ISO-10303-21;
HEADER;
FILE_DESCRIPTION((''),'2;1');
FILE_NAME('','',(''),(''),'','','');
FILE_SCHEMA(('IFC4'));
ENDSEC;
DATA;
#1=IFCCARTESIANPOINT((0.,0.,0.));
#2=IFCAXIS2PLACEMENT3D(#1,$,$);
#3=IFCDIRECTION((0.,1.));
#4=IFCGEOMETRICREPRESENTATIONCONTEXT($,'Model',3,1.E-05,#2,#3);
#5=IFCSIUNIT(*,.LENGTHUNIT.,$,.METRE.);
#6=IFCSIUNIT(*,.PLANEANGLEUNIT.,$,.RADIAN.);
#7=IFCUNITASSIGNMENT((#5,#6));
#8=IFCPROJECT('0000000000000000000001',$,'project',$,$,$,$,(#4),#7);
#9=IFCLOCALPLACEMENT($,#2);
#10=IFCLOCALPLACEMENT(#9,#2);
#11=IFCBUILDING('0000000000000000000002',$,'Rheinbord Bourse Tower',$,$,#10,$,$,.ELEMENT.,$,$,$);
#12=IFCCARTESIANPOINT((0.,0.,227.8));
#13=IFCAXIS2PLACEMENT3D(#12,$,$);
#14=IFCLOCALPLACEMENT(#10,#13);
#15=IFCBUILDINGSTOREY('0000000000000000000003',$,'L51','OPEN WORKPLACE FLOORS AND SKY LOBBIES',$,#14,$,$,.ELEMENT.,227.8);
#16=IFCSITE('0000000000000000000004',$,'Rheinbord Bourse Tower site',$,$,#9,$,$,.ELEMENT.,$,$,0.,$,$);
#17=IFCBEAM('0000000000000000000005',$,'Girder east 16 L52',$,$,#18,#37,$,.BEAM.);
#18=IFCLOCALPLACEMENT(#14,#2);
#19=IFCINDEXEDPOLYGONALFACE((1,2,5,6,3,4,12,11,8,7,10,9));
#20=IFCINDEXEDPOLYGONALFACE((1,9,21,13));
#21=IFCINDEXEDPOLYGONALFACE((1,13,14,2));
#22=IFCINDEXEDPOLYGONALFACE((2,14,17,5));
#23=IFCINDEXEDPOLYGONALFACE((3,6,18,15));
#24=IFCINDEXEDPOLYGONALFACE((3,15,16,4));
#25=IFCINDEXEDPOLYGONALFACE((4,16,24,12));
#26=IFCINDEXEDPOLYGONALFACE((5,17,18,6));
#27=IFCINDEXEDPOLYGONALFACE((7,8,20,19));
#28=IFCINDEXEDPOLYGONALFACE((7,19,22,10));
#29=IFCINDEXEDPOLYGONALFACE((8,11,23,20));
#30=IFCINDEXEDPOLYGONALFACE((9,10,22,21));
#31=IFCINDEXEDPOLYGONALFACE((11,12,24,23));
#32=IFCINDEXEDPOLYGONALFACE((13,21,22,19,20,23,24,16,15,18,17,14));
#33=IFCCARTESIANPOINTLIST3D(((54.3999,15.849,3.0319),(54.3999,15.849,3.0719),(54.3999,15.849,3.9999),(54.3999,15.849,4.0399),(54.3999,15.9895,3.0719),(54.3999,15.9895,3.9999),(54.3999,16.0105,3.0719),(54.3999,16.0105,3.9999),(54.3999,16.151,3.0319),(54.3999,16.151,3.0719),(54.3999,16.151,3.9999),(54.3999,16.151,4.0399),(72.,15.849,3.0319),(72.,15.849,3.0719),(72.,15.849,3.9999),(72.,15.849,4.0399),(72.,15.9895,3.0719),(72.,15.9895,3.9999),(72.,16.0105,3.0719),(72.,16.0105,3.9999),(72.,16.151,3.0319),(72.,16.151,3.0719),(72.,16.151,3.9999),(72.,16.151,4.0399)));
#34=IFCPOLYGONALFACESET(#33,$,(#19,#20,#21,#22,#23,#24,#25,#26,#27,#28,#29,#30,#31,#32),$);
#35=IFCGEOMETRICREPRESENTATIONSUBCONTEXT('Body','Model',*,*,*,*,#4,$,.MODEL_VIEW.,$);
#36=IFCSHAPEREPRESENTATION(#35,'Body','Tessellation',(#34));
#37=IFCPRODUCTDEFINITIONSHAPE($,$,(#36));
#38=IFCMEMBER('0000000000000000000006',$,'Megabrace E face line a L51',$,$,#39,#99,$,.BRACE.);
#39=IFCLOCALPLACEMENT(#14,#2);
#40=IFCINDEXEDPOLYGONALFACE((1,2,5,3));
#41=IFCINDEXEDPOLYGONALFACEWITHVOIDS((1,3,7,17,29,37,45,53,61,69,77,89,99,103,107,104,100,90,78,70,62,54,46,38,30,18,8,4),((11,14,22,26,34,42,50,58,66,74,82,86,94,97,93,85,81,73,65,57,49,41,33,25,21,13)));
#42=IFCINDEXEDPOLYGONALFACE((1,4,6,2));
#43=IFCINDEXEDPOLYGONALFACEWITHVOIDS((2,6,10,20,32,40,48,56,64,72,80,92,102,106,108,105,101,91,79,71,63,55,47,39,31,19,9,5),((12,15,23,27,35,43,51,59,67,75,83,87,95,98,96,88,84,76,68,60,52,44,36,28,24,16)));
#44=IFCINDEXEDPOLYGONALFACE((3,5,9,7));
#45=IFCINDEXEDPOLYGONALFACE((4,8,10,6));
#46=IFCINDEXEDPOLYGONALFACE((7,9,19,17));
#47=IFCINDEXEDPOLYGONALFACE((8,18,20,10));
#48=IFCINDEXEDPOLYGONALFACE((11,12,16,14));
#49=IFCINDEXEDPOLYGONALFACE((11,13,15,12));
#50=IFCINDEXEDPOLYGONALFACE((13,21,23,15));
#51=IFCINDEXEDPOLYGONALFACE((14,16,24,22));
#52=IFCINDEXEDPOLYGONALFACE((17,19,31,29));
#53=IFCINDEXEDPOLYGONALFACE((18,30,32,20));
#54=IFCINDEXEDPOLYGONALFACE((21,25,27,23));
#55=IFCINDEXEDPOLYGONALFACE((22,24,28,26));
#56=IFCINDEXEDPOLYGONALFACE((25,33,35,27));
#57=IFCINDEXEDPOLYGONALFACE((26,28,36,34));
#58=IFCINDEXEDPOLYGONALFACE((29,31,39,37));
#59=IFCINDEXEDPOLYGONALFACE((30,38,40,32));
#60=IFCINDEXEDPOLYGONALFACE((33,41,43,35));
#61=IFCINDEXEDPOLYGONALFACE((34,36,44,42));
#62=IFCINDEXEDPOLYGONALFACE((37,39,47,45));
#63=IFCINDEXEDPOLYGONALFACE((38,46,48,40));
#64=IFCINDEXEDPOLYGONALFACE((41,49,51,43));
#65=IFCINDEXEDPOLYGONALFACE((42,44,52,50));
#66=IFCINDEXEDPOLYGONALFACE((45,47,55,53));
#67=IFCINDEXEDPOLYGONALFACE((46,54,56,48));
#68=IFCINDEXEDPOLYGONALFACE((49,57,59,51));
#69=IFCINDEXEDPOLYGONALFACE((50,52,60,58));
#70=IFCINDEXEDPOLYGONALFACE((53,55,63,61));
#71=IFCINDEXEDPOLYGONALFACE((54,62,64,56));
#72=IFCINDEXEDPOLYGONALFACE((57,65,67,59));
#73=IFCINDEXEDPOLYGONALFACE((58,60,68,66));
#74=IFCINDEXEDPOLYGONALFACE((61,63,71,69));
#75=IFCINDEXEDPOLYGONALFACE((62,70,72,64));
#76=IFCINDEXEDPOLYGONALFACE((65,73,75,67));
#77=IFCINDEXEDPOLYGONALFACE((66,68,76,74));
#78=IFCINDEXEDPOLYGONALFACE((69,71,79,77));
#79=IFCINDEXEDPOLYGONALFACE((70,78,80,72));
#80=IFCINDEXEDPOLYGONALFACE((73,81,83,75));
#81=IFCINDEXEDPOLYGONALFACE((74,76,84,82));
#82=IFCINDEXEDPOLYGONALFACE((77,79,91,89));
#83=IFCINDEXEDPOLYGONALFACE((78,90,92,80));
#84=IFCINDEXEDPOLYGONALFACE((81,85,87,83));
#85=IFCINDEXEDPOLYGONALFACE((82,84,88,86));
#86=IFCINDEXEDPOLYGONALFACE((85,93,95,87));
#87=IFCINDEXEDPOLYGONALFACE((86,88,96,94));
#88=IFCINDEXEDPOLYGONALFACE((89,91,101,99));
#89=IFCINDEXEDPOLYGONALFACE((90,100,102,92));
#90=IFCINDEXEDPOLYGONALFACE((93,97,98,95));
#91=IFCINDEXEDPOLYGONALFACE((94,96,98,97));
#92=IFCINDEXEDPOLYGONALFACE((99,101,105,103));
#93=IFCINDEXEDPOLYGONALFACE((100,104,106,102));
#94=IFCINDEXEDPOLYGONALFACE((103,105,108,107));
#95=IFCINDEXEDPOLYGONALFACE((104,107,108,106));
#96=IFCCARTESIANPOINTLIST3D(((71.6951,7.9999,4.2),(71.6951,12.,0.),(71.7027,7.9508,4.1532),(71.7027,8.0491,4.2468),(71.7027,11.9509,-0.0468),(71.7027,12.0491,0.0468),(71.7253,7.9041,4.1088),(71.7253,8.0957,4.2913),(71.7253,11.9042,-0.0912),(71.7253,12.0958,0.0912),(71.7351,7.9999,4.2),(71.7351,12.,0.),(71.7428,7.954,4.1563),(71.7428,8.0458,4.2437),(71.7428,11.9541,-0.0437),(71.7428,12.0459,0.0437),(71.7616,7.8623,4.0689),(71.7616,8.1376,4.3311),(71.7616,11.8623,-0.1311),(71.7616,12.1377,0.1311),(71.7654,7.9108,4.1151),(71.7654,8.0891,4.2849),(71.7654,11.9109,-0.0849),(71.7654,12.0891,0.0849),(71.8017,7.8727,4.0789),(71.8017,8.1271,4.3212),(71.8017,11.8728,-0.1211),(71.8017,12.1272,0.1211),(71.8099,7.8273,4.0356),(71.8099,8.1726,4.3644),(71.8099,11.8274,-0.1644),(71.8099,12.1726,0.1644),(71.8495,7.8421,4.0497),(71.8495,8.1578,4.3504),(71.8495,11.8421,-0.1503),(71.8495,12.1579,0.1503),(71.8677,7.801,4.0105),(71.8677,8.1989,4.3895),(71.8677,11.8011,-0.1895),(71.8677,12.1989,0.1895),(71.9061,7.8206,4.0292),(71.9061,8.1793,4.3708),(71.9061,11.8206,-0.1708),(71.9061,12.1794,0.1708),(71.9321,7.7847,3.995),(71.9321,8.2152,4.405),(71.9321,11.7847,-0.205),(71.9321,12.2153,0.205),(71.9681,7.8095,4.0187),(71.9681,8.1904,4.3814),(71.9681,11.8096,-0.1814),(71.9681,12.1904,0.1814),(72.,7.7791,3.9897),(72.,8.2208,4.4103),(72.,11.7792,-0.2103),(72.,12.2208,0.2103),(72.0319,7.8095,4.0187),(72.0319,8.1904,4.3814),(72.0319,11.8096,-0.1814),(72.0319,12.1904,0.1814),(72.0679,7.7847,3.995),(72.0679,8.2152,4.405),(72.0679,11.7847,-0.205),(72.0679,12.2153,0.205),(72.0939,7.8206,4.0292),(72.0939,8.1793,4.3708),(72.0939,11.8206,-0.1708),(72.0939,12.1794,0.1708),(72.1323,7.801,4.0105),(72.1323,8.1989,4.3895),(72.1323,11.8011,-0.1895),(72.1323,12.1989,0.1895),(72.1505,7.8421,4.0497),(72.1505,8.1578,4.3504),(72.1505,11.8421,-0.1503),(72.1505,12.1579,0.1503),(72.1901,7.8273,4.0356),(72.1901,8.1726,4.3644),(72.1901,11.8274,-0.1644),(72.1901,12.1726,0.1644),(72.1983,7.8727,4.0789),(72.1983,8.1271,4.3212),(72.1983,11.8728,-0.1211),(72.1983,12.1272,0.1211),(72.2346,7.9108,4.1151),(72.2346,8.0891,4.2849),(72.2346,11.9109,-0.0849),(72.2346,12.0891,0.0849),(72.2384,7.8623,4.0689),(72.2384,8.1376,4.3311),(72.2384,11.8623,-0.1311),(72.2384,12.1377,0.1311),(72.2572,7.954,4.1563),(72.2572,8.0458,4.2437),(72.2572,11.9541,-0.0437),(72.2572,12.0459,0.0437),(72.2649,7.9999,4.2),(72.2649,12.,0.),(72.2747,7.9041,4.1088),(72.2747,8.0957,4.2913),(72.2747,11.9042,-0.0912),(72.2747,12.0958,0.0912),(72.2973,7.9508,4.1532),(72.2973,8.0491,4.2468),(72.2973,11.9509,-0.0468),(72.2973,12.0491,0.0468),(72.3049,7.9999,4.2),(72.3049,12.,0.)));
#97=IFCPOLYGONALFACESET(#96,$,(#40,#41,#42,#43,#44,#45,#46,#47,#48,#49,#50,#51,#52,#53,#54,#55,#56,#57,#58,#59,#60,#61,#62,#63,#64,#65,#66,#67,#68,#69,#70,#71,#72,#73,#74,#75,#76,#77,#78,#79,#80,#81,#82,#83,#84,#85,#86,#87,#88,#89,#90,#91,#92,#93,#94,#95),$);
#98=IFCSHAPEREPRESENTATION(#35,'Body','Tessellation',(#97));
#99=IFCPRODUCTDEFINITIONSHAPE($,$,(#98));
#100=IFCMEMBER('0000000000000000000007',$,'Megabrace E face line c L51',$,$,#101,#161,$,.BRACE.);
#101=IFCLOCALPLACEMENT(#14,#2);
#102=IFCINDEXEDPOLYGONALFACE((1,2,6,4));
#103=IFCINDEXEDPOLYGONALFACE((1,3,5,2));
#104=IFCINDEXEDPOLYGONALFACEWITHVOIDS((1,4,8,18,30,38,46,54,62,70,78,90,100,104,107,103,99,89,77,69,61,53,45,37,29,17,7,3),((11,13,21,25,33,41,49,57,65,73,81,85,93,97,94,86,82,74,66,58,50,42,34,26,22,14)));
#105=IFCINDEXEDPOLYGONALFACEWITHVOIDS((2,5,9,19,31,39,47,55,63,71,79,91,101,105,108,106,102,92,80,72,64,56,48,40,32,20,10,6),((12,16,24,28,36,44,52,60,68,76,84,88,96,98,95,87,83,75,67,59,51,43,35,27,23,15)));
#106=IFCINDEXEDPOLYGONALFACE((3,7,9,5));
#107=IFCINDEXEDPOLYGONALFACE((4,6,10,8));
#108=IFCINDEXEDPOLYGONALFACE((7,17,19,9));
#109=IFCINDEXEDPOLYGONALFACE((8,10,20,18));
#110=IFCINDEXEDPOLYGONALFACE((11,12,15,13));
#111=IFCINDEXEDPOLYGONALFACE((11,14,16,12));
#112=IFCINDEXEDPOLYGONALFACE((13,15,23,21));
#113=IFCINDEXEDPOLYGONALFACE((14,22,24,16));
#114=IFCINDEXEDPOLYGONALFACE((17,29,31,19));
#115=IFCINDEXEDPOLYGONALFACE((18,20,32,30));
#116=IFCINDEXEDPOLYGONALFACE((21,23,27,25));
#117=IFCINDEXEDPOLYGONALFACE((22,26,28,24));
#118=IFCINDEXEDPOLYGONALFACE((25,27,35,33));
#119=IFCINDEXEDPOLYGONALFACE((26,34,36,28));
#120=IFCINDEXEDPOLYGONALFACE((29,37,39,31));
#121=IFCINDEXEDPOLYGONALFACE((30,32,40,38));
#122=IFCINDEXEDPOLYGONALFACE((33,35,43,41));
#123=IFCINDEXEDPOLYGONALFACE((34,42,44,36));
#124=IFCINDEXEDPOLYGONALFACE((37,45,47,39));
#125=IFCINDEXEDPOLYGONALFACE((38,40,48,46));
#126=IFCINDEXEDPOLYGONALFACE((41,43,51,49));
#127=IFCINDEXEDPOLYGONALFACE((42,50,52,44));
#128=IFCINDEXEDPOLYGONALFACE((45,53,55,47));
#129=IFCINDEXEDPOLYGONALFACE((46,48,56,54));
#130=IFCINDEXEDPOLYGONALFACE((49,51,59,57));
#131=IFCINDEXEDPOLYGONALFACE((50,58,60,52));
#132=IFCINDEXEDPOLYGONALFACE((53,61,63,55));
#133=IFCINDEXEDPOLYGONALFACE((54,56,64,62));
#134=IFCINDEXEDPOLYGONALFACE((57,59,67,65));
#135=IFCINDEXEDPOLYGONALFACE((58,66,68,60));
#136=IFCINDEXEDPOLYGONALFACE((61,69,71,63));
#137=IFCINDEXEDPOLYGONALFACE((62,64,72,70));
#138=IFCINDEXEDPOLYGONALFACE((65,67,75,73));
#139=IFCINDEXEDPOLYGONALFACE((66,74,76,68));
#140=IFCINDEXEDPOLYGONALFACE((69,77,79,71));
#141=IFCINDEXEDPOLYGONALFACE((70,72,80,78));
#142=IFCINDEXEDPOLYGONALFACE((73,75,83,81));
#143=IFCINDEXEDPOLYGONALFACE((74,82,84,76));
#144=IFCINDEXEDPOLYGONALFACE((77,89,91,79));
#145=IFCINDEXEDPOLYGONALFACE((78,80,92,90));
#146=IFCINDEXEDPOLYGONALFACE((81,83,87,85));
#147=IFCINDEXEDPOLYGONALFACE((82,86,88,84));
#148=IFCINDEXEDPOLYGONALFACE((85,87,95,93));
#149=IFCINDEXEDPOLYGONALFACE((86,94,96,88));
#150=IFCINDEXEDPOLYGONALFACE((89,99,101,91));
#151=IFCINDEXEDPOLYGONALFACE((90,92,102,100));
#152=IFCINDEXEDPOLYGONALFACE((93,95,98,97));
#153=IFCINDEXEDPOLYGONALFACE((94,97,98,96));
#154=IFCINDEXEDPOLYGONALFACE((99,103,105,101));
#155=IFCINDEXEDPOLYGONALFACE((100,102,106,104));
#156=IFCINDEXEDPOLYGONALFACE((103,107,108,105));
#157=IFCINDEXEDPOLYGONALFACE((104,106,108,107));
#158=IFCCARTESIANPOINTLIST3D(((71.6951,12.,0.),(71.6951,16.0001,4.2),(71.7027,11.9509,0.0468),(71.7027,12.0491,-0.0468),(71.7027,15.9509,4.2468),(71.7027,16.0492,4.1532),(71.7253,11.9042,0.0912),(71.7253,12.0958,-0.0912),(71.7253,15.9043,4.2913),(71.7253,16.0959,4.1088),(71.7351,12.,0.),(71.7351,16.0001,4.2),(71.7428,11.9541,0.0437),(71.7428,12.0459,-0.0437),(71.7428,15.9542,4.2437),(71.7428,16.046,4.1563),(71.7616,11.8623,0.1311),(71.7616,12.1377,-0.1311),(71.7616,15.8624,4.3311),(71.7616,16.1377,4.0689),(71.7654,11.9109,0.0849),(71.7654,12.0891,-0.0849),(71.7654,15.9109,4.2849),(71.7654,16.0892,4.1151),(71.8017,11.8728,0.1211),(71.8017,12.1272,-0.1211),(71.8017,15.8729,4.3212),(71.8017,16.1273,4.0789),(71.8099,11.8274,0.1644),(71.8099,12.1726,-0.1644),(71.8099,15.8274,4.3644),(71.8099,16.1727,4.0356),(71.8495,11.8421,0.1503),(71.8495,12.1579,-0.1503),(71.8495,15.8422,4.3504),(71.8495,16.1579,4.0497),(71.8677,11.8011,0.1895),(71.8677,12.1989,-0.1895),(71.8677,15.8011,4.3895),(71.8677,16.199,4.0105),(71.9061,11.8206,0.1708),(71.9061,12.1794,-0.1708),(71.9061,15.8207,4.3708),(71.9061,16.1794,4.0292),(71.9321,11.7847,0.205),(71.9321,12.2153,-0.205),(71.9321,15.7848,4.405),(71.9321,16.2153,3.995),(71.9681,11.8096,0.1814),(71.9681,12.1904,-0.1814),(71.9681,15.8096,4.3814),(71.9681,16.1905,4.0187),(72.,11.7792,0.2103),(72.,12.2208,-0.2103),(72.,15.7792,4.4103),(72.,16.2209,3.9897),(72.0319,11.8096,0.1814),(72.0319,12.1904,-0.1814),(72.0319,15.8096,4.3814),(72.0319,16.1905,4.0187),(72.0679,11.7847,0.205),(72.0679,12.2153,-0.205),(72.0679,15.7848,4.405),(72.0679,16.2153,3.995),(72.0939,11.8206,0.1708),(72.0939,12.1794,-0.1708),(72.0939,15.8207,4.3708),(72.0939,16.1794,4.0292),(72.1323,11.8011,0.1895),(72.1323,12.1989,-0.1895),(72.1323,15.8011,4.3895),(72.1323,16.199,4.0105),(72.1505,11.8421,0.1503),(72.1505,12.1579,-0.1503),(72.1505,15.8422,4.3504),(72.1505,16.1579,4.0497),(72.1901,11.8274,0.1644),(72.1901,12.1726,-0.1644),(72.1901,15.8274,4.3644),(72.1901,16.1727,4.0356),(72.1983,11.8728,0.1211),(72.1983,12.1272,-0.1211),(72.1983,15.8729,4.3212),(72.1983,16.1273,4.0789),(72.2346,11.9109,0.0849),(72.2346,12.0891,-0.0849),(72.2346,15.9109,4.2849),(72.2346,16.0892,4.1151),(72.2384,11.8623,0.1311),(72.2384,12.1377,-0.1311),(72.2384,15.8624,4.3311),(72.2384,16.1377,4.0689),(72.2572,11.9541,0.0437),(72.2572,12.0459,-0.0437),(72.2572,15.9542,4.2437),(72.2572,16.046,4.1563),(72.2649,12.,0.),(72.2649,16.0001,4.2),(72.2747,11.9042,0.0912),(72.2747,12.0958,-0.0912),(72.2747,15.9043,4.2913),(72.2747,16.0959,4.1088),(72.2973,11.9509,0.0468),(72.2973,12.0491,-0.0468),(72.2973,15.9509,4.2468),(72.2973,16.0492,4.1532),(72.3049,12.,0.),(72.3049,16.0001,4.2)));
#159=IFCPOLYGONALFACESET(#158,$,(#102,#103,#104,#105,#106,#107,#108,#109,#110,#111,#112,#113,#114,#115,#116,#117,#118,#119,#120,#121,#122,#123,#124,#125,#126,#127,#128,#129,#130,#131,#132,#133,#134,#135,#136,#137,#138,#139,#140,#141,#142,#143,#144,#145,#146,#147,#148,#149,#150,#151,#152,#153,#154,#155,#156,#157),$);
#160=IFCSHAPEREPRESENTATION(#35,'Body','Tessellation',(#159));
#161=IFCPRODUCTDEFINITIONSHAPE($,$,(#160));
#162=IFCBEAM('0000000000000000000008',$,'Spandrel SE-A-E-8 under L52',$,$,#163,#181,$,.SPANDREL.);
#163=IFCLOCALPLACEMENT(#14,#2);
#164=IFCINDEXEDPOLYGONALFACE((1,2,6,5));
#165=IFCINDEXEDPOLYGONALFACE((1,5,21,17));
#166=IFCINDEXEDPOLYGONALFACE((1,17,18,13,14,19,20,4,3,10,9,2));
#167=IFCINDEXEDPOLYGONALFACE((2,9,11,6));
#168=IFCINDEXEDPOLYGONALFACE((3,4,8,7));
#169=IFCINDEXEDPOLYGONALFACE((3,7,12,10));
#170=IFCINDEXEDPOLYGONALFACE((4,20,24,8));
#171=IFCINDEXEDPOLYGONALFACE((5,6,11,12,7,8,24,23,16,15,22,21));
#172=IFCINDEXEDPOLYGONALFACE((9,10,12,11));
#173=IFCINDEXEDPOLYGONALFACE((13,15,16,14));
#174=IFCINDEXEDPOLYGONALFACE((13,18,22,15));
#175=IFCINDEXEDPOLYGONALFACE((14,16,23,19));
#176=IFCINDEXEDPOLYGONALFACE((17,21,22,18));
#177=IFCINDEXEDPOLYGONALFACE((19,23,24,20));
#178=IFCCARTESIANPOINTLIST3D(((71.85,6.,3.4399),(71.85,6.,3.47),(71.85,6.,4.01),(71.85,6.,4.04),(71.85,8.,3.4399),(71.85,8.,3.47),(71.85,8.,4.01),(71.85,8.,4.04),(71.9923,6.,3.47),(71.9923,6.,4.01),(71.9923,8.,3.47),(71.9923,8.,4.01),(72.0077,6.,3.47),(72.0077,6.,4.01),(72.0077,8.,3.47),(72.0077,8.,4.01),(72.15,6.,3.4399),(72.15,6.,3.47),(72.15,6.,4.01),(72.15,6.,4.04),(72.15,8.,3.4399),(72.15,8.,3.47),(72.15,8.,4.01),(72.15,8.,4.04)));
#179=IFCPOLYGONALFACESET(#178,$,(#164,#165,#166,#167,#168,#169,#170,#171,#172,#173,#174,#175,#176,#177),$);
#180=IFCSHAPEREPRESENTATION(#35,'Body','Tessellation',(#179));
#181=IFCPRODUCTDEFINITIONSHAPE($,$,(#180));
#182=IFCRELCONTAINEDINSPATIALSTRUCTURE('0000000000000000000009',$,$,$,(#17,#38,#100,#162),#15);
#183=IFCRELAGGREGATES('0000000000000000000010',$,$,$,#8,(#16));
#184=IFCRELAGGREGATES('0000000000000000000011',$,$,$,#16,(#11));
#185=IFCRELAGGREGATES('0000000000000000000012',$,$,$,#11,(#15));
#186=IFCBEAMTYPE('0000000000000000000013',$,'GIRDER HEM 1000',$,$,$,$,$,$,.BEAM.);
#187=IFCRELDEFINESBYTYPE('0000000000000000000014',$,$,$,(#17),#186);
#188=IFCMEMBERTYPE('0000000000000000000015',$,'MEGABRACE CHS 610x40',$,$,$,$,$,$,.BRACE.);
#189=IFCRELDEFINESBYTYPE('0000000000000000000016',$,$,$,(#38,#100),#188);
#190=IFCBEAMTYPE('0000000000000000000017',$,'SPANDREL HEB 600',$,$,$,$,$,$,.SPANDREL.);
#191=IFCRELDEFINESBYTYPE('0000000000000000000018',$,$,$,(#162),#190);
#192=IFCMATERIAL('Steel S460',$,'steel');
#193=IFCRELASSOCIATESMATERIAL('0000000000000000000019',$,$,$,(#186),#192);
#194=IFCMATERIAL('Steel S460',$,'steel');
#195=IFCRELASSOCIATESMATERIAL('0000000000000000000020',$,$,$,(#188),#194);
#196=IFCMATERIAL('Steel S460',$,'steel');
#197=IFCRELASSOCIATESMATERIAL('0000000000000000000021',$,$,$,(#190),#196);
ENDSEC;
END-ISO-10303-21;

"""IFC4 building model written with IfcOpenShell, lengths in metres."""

from ifc_helpers import new_model, si_unit, direction, frame, origin, origin_2d, place, context, subcontext, project, spatial, hollow_circle, i_section, extrude, material, material_profile, profile_set, type_object, element, save


model = new_model("IFC4")

# Units and contexts
model_context = context("Model", 3, precision=1e-05, world=origin(), true_north=direction((0.0, 1.0)))
body_context = subcontext(model_context, "Body", "Model", "MODEL_VIEW")
ifc_project = project(units=[si_unit("LENGTHUNIT", "METRE"), si_unit("PLANEANGLEUNIT", "RADIAN")], contexts=[model_context])

# Site, building, storey
site_placement = place(None, origin())
site = spatial("IfcSite", under=ifc_project, at=site_placement, Name="Rheinbord Bourse Tower site", CompositionType="ELEMENT", RefElevation=0.0)
building_placement = place(site_placement, origin())
building = spatial("IfcBuilding", under=site, at=building_placement, Name="Rheinbord Bourse Tower", CompositionType="ELEMENT")
storey_placement = place(building_placement, frame((0.0, 0.0, 227.8)))
storey = spatial("IfcBuildingStorey", under=building, at=storey_placement, Name="L51", Description="OPEN WORKPLACE FLOORS AND SKY LOBBIES", CompositionType="ELEMENT", Elevation=227.8)

# Beam
ifc_material_1 = material(Name="Steel S460", Category="steel")
ifc_material_profile_1 = material_profile(ifc_material_1, i_section(OverallWidth=0.302, OverallDepth=1.0081, WebThickness=0.021, FlangeThickness=0.04, at=origin_2d()), Name="HEM 1000")
ifc_profile_set_1 = profile_set([ifc_material_profile_1], Name="Steel S460")
beam_type_1 = type_object("IfcBeamType", Name="GIRDER HEM 1000", PredefinedType="BEAM", material=ifc_profile_set_1)
beam_1_placement = place(storey_placement, frame((54.3999, 16.0, 3.5359), z_axis=(1.0, 0.0, 0.0), x_axis=(0.0, 1.0, 0.0)))
element("IfcBeam", 1, at=beam_1_placement, inside=storey, type_object=beam_type_1, Name="Girder east 16 L52", PredefinedType="BEAM", context=body_context, shape_type="SweptSolid", body=[
    extrude(i_section(OverallWidth=0.302, OverallDepth=1.0081, WebThickness=0.021, FlangeThickness=0.04, at=origin_2d()), origin(), (0.0, 0.0, 1.0), 17.6001),
])

# Members
ifc_material_2 = material(Name="Steel S460", Category="steel")
ifc_material_profile_2 = material_profile(ifc_material_2, hollow_circle(Radius=0.3049, WallThickness=0.04, at=origin_2d()), Name="CHS 610x40")
ifc_profile_set_2 = profile_set([ifc_material_profile_2], Name="Steel S460")
member_type_1 = type_object("IfcMemberType", Name="MEGABRACE CHS 610x40", PredefinedType="BRACE", material=ifc_profile_set_2)
for number, where, z_axis, x_axis, name in (
    (2, (72.0, 12.0, 0.0), (0.0, -0.689659, 0.724134), (1.0, 0.0, 0.0), "Megabrace E face line a L51"),
    (3, (72.0, 12.0, 0.0), (0.0, 0.689659, 0.724134), (-1.0, 0.0, 0.0), "Megabrace E face line c L51"),
):
    element("IfcMember", number, at=place(storey_placement, frame(where, z_axis=z_axis, x_axis=x_axis)), inside=storey, type_object=member_type_1, Name=name, PredefinedType="BRACE", context=body_context, shape_type="SweptSolid", body=[
        extrude(hollow_circle(Radius=0.3049, WallThickness=0.04, at=origin_2d()), origin(), (0.0, 0.0, 1.0), 5.8),
    ])

# Beam
ifc_material_3 = material(Name="Steel S460", Category="steel")
ifc_material_profile_3 = material_profile(ifc_material_3, i_section(OverallWidth=0.3, OverallDepth=0.6001, WebThickness=0.0154, FlangeThickness=0.03, at=origin_2d()), Name="HEB 600")
ifc_profile_set_3 = profile_set([ifc_material_profile_3], Name="Steel S460")
beam_type_2 = type_object("IfcBeamType", Name="SPANDREL HEB 600", PredefinedType="SPANDREL", material=ifc_profile_set_3)
beam_2_placement = place(storey_placement, frame((72.0, 6.0, 3.74), z_axis=(0.0, 1.0, 0.0), x_axis=(-1.0, 0.0, 0.0)))
element("IfcBeam", 4, at=beam_2_placement, inside=storey, type_object=beam_type_2, Name="Spandrel SE-A-E-8 under L52", PredefinedType="SPANDREL", context=body_context, shape_type="SweptSolid", body=[
    extrude(i_section(OverallWidth=0.3, OverallDepth=0.6001, WebThickness=0.0154, FlangeThickness=0.03, at=origin_2d()), origin(), (0.0, 0.0, 1.0), 2.0),
])

save(model, "model.ifc")
